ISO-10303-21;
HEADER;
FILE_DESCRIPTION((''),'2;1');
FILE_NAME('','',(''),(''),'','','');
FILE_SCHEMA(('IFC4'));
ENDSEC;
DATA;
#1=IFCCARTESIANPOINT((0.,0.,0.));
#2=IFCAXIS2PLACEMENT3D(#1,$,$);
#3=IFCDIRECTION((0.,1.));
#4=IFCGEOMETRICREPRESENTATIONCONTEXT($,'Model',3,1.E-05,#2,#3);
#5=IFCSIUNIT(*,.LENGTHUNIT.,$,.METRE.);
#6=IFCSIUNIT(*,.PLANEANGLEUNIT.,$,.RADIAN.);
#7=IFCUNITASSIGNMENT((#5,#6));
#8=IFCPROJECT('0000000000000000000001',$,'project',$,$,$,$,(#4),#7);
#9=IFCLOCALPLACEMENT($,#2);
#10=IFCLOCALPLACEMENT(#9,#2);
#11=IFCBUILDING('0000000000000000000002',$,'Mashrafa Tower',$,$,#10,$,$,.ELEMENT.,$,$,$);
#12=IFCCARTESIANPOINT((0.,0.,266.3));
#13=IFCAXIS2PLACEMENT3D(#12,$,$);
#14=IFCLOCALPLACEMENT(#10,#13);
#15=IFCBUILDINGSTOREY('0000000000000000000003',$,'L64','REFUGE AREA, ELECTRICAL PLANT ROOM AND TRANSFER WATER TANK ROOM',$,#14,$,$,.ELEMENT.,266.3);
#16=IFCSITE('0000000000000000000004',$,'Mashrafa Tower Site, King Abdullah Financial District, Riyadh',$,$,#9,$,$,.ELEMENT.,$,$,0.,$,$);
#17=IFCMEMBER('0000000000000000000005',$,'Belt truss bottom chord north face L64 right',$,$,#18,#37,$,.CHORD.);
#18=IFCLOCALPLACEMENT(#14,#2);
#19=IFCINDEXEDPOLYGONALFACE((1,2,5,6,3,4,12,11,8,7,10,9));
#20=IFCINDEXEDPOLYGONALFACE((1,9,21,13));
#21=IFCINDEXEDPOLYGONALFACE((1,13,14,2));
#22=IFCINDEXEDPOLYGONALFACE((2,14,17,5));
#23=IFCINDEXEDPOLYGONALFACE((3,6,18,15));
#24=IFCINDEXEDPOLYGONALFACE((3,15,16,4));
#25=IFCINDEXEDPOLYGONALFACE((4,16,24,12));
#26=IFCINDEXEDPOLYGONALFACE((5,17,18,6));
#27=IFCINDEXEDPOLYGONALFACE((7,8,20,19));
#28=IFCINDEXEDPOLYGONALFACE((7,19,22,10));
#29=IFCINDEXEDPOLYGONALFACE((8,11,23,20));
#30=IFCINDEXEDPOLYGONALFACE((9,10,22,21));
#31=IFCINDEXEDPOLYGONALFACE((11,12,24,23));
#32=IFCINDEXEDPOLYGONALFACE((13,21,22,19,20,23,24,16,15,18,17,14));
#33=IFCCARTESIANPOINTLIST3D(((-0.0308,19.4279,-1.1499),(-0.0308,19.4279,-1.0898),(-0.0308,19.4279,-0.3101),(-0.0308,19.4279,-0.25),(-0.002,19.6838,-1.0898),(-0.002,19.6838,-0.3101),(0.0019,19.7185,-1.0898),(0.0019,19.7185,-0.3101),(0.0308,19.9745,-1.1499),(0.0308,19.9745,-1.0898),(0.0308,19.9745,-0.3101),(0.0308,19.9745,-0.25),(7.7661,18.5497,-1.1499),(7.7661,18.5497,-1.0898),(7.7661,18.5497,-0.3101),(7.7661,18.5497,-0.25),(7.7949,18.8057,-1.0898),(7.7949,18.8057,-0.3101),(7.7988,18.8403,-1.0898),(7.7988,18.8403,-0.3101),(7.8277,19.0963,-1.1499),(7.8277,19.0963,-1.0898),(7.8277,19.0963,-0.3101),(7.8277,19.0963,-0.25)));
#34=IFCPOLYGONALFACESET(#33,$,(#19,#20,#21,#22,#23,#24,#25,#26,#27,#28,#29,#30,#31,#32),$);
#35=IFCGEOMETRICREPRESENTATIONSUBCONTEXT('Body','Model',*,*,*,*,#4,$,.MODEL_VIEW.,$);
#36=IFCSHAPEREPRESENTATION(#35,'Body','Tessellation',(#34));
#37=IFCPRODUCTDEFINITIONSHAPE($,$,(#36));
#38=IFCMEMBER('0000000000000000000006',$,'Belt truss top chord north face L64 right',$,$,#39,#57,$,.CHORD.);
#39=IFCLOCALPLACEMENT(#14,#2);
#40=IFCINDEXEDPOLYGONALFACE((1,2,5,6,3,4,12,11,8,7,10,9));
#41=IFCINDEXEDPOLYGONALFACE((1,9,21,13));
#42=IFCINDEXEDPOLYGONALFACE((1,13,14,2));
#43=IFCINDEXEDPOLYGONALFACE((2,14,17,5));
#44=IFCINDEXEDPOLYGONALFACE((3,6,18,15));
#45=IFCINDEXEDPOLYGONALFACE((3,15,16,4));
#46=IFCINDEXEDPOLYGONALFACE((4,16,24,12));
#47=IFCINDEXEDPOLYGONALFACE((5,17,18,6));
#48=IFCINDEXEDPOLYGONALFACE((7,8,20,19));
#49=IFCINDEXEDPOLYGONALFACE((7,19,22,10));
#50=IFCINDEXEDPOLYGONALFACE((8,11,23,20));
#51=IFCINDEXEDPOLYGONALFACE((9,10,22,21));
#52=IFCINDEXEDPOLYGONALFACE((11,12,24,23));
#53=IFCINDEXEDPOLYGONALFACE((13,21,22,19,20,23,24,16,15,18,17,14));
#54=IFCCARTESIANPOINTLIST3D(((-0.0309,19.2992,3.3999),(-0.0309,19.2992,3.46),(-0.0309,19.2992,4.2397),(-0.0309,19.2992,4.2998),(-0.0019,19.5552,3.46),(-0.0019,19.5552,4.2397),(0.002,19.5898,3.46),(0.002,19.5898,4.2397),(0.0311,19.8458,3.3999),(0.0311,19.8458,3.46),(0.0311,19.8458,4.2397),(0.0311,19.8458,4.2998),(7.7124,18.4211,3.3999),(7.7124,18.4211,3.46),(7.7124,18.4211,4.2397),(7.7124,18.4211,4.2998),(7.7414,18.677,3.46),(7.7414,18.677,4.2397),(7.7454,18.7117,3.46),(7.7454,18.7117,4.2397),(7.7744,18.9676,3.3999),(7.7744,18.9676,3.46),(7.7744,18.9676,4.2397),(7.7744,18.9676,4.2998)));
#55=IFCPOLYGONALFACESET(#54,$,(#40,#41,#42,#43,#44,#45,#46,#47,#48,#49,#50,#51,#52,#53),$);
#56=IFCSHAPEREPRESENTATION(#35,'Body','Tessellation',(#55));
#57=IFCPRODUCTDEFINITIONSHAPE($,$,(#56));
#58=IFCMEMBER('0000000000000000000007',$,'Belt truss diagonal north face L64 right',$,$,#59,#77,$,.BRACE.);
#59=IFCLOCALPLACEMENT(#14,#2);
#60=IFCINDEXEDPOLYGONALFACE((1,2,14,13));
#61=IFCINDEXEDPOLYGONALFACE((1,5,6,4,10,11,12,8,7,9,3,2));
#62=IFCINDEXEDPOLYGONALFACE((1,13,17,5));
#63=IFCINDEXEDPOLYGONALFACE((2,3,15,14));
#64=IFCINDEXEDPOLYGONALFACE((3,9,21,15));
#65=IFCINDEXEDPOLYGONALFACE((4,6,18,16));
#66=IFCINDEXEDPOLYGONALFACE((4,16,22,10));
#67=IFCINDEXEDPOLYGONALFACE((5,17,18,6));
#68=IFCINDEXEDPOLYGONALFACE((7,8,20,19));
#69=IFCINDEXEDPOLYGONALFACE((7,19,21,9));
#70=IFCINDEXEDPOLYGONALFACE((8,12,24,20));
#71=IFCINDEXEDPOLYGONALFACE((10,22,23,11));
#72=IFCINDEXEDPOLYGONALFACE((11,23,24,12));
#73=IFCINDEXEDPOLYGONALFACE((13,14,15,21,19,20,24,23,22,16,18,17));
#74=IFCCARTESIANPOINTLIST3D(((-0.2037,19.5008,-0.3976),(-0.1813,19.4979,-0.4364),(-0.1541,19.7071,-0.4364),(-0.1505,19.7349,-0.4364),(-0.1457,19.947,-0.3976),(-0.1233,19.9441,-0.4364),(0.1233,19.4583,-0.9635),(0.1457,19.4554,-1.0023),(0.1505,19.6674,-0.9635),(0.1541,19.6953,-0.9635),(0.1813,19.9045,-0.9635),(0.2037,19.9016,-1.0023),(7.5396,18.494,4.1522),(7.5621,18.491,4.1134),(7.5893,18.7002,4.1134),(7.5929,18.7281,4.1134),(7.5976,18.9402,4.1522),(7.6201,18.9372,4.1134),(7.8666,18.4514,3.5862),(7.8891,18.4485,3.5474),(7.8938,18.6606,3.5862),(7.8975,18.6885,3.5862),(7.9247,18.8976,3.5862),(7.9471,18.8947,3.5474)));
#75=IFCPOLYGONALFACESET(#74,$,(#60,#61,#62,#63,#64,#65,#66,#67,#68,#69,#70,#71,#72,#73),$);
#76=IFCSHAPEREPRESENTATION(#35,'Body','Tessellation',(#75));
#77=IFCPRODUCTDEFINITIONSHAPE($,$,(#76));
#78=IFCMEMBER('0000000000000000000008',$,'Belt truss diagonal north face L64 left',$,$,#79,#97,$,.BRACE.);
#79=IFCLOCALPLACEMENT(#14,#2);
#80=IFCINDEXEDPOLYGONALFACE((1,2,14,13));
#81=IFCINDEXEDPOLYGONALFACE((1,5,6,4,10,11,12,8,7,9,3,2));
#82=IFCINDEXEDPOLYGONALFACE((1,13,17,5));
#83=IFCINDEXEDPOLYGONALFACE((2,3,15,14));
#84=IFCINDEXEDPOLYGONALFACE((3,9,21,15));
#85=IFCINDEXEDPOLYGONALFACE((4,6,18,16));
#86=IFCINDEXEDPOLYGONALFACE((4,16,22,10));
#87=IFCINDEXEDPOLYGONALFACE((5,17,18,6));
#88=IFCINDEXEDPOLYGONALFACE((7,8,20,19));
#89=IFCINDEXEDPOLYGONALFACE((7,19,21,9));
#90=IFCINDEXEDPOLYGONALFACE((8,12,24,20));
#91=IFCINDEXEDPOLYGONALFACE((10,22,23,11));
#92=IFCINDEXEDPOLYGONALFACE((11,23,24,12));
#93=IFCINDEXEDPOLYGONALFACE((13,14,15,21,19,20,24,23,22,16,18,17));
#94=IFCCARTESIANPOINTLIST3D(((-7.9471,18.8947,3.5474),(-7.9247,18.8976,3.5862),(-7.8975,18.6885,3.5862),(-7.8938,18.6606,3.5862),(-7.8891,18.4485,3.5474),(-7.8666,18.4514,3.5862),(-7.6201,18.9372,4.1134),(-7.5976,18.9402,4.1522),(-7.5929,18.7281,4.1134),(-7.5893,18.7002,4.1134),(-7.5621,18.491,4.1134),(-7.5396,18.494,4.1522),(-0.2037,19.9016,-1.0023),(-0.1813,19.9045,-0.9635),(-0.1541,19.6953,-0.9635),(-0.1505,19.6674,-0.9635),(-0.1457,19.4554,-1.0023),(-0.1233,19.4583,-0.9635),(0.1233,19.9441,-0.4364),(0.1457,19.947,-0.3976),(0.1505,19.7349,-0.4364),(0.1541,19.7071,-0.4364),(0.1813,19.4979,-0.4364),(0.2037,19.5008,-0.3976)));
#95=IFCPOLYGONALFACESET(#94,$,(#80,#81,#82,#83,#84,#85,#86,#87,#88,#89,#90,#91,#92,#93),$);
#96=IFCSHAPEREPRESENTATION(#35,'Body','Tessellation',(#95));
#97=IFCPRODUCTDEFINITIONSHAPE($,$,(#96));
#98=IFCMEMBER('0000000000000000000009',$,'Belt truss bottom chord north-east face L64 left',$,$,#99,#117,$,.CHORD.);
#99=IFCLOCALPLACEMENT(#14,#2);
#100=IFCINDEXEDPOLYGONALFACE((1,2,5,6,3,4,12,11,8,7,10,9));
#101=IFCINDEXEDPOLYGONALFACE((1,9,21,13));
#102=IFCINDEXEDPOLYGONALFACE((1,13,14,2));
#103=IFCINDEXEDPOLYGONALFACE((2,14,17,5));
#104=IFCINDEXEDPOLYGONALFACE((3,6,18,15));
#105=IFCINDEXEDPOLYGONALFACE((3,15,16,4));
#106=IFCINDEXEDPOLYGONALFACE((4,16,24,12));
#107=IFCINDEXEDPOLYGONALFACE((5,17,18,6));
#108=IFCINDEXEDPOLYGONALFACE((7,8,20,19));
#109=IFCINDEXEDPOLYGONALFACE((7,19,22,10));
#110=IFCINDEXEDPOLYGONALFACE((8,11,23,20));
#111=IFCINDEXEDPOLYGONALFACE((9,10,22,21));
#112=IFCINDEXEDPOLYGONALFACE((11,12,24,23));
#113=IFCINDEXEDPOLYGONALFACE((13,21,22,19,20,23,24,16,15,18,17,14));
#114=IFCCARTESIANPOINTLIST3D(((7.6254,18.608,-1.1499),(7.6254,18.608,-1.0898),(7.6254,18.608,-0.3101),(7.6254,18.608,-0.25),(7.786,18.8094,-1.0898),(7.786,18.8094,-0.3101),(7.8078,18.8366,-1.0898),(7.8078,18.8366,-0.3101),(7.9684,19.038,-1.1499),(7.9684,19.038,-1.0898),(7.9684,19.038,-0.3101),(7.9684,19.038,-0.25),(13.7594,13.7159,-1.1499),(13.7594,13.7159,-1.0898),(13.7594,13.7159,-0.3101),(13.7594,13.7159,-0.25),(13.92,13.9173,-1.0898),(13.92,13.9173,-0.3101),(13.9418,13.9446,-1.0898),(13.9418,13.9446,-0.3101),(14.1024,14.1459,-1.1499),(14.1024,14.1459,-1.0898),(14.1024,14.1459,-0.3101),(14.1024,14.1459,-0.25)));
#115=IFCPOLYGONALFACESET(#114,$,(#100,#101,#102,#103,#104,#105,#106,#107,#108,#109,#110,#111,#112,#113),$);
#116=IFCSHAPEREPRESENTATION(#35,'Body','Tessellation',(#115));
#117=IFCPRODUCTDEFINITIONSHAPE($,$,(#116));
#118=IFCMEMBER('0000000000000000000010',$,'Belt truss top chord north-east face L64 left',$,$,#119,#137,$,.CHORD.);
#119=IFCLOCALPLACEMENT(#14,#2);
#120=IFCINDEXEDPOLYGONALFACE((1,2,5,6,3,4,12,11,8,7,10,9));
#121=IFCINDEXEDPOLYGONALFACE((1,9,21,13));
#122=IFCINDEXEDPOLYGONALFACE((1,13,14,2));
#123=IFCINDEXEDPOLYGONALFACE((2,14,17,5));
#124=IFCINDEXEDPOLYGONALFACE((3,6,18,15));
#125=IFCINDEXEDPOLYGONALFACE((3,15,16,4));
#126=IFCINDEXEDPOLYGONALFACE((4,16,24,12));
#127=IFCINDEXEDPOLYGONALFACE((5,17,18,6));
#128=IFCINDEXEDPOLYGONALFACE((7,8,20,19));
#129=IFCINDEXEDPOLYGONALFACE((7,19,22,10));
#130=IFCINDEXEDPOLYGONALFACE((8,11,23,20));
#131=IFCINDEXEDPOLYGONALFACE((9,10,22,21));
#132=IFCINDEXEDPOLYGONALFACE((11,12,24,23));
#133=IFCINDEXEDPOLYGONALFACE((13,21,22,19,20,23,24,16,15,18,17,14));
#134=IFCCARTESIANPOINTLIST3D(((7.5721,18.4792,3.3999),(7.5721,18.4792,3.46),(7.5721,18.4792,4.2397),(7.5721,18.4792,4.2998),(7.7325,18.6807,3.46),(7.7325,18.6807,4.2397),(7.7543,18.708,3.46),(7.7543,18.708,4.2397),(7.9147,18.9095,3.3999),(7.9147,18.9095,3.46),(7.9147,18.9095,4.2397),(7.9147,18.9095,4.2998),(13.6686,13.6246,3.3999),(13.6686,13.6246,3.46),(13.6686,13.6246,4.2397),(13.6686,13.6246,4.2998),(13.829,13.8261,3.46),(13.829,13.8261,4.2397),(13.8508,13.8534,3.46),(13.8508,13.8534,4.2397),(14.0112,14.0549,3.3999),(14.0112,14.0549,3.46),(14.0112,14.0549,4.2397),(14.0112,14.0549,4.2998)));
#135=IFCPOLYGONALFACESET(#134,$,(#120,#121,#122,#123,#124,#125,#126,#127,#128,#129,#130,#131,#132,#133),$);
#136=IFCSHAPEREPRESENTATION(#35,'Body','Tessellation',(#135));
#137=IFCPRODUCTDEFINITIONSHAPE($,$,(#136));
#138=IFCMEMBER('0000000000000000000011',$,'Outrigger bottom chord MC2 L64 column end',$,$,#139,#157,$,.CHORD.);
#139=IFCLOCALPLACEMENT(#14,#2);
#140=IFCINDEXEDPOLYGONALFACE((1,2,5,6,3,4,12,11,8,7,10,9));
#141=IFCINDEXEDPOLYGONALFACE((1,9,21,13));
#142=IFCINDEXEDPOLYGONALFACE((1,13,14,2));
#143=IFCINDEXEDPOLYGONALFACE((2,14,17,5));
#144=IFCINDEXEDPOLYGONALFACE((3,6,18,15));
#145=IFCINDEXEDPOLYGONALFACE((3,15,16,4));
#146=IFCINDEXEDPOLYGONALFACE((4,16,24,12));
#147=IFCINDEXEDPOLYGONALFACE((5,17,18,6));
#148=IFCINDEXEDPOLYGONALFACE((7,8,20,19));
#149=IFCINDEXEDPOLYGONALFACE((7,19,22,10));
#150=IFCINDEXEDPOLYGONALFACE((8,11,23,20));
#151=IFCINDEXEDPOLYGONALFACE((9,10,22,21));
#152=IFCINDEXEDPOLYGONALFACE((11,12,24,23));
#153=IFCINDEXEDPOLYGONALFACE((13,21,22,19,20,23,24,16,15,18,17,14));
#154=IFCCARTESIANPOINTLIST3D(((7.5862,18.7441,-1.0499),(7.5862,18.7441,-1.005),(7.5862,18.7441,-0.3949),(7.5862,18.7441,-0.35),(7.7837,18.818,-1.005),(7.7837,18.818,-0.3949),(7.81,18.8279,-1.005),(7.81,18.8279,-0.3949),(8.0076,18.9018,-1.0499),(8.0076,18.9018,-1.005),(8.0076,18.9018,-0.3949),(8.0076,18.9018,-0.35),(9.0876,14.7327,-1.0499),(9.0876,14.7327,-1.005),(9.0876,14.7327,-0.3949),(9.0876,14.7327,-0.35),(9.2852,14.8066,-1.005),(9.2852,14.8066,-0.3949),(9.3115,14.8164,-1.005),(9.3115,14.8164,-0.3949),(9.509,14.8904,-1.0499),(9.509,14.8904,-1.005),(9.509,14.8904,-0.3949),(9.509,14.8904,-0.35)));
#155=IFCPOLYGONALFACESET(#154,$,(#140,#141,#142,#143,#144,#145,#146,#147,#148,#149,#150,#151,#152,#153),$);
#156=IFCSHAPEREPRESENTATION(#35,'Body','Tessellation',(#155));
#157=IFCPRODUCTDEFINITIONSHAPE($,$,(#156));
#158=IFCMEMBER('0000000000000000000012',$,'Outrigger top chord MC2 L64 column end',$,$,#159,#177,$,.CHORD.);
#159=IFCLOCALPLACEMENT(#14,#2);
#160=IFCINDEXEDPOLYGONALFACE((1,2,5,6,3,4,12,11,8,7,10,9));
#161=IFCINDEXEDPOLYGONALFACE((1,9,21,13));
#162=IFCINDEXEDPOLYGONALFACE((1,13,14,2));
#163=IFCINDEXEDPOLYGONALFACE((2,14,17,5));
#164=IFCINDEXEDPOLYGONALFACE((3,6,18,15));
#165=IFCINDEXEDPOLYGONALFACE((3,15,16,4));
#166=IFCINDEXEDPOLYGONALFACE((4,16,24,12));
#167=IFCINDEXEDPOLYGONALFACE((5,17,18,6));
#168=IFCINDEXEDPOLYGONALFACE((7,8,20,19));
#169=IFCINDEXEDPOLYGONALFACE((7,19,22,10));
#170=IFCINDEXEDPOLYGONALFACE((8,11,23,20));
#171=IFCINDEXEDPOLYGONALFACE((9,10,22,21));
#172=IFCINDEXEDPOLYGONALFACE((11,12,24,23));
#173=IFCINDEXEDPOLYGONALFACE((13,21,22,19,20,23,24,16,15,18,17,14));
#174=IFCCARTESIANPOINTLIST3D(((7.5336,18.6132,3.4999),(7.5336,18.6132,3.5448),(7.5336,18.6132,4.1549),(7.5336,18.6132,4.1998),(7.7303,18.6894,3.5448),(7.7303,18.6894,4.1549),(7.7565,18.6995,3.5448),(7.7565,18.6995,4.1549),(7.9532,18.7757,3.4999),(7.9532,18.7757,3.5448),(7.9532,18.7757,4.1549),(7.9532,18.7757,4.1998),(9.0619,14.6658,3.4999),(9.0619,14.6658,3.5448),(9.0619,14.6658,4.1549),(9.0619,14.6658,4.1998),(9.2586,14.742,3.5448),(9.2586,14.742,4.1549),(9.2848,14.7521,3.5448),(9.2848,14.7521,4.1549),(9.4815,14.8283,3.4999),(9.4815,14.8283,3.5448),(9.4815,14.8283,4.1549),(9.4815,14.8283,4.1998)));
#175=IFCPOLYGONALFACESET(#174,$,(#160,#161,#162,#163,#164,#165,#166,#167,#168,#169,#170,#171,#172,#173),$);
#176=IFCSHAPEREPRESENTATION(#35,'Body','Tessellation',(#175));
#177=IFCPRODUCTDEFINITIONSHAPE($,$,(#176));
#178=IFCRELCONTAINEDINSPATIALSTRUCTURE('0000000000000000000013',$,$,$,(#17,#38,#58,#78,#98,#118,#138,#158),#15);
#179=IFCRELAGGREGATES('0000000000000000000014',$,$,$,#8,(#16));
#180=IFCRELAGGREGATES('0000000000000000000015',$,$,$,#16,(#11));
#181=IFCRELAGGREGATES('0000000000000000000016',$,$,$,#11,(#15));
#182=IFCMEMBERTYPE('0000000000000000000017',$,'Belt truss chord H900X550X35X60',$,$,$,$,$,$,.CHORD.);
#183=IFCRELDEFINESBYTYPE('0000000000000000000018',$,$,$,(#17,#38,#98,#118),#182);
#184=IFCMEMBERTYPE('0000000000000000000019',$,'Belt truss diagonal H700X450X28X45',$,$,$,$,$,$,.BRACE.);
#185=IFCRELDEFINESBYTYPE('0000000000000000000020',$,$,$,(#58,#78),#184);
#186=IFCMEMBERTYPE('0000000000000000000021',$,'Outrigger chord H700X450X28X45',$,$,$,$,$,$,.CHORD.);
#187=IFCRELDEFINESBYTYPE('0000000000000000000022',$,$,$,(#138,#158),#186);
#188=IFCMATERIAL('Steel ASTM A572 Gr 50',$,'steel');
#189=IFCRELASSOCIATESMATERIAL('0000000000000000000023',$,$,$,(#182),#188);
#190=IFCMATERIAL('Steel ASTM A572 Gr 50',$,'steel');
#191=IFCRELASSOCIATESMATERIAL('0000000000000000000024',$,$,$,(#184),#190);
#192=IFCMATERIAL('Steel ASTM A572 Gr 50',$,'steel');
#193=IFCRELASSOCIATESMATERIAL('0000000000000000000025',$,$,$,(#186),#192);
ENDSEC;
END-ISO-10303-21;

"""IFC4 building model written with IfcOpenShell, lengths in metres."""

from ifc_helpers import new_model, si_unit, direction, frame, origin, origin_2d, place, context, subcontext, project, spatial, i_section, extrude, source, transform, mapped, material, material_profile, profile_set, type_object, type_shapes, element, save


model = new_model("IFC4")

# Units and contexts
model_context = context("Model", 3, precision=1e-05, world=origin(), true_north=direction((0.0, 1.0)))
body_context = subcontext(model_context, "Body", "Model", "MODEL_VIEW")
ifc_project = project(units=[si_unit("LENGTHUNIT", "METRE"), si_unit("PLANEANGLEUNIT", "RADIAN")], contexts=[model_context])

# Site, building, storey
site_placement = place(None, origin())
site = spatial("IfcSite", under=ifc_project, at=site_placement, Name="Mashrafa Tower Site, King Abdullah Financial District, Riyadh", CompositionType="ELEMENT", RefElevation=0.0)
building_placement = place(site_placement, origin())
building = spatial("IfcBuilding", under=site, at=building_placement, Name="Mashrafa Tower", CompositionType="ELEMENT")
storey_placement = place(building_placement, frame((0.0, 0.0, 266.3)))
storey = spatial("IfcBuildingStorey", under=building, at=storey_placement, Name="L64", Description="REFUGE AREA, ELECTRICAL PLANT ROOM AND TRANSFER WATER TANK ROOM", CompositionType="ELEMENT", Elevation=266.3)

# Members
ifc_material_1 = material(Name="Steel ASTM A572 Gr 50", Category="steel")
ifc_material_profile_1 = material_profile(ifc_material_1, i_section(OverallWidth=0.55, OverallDepth=0.8999, WebThickness=0.0349, FlangeThickness=0.0601, at=origin_2d()), Name="H900X550X35X60")
ifc_profile_set_1 = profile_set([ifc_material_profile_1], Name="Steel ASTM A572 Gr 50")
member_type_1 = type_object("IfcMemberType", Name="Belt truss chord H900X550X35X60", PredefinedType="CHORD", material=ifc_profile_set_1)
shared_shape_1 = source(origin(), body_context, "Body", "SweptSolid", [
    extrude(i_section(OverallWidth=0.55, OverallDepth=0.8999, WebThickness=0.0349, FlangeThickness=0.0601, at=origin_2d()), origin(), (0.0, 0.0, 1.0), 7.8462),
])
member_1_placement = place(storey_placement, frame((7.7969, 18.823, -0.7), z_axis=(-0.993717, 0.111924, 0.0), x_axis=(-0.111924, -0.993717, 0.0)))
element("IfcMember", 1, at=member_1_placement, inside=storey, type_object=member_type_1, Name="Belt truss bottom chord north face L64 right", PredefinedType="CHORD", context=body_context, shape_type="MappedRepresentation", body=[
    mapped(shared_shape_1, transform((0.0, 0.0, 0.0))),
])
shared_shape_2 = source(origin(), body_context, "Body", "SweptSolid", [
    extrude(i_section(OverallWidth=0.55, OverallDepth=0.8999, WebThickness=0.0349, FlangeThickness=0.0601, at=origin_2d()), origin(), (0.0, 0.0, 1.0), 7.793),
])
member_2_placement = place(storey_placement, frame((7.7434, 18.6943, 3.8499), z_axis=(-0.993631, 0.112687, 0.0), x_axis=(-0.112687, -0.993631, 0.0)))
element("IfcMember", 2, at=member_2_placement, inside=storey, type_object=member_type_1, Name="Belt truss top chord north face L64 right", PredefinedType="CHORD", context=body_context, shape_type="MappedRepresentation", body=[
    mapped(shared_shape_2, transform((0.0, 0.0, 0.0))),
])
ifc_material_2 = material(Name="Steel ASTM A572 Gr 50", Category="steel")
ifc_material_profile_2 = material_profile(ifc_material_2, i_section(OverallWidth=0.45, OverallDepth=0.7, WebThickness=0.0281, FlangeThickness=0.0449, at=origin_2d()), Name="H700X450X28X45")
ifc_profile_set_2 = profile_set([ifc_material_profile_2], Name="Steel ASTM A572 Gr 50")
member_type_2 = type_object("IfcMemberType", Name="Belt truss diagonal H700X450X28X45", PredefinedType="BRACE", material=ifc_profile_set_2)
shared_shape_3 = source(origin(), body_context, "Body", "SweptSolid", [
    extrude(i_section(OverallWidth=0.45, OverallDepth=0.7, WebThickness=0.0281, FlangeThickness=0.0449, at=origin_2d()), origin(), (0.0, 0.0, 1.0), 9.0374),
])
type_shapes(member_type_2, [shared_shape_3])
for number, where, z_axis, x_axis, name in (
    (3, (0.0, 19.7012, -0.7), (0.856817, -0.111408, 0.503441), (0.12894, 0.991652, 0.0), "Belt truss diagonal north face L64 right"),
    (4, (0.0, 19.7012, -0.7), (-0.856817, -0.111408, 0.503441), (0.12894, -0.991652, 0.0), "Belt truss diagonal north face L64 left"),
):
    element("IfcMember", number, at=place(storey_placement, frame(where, z_axis=z_axis, x_axis=x_axis)), inside=storey, type_object=member_type_2, Name=name, PredefinedType="BRACE", context=body_context, shape_type="MappedRepresentation", body=[
        mapped(shared_shape_3, transform((0.0, 0.0, 0.0))),
    ])
shared_shape_4 = source(origin(), body_context, "Body", "SweptSolid", [
    extrude(i_section(OverallWidth=0.55, OverallDepth=0.8999, WebThickness=0.0349, FlangeThickness=0.0601, at=origin_2d()), origin(), (0.0, 0.0, 1.0), 7.8459),
])
member_3_placement = place(storey_placement, frame((7.7969, 18.823, -0.7), z_axis=(0.781809, -0.623518, 0.0), x_axis=(0.623518, 0.781809, 0.0)))
element("IfcMember", 5, at=member_3_placement, inside=storey, type_object=member_type_1, Name="Belt truss bottom chord north-east face L64 left", PredefinedType="CHORD", context=body_context, shape_type="MappedRepresentation", body=[
    mapped(shared_shape_4, transform((0.0, 0.0, 0.0))),
])
shared_shape_5 = source(origin(), body_context, "Body", "SweptSolid", [
    extrude(i_section(OverallWidth=0.55, OverallDepth=0.8999, WebThickness=0.0349, FlangeThickness=0.0601, at=origin_2d()), origin(), (0.0, 0.0, 1.0), 7.7932),
])
type_shapes(member_type_1, [shared_shape_1, shared_shape_2, shared_shape_4, shared_shape_5])
member_4_placement = place(storey_placement, frame((7.7434, 18.6943, 3.8499), z_axis=(0.782285, -0.622921, 0.0), x_axis=(0.622921, 0.782285, 0.0)))
element("IfcMember", 6, at=member_4_placement, inside=storey, type_object=member_type_1, Name="Belt truss top chord north-east face L64 left", PredefinedType="CHORD", context=body_context, shape_type="MappedRepresentation", body=[
    mapped(shared_shape_5, transform((0.0, 0.0, 0.0))),
])
ifc_material_3 = material(Name="Steel ASTM A572 Gr 50", Category="steel")
ifc_material_profile_3 = material_profile(ifc_material_3, i_section(OverallWidth=0.45, OverallDepth=0.7, WebThickness=0.0281, FlangeThickness=0.0449, at=origin_2d()), Name="H700X450X28X45")
ifc_profile_set_3 = profile_set([ifc_material_profile_3], Name="Steel ASTM A572 Gr 50")
member_type_3 = type_object("IfcMemberType", Name="Outrigger chord H700X450X28X45", PredefinedType="CHORD", material=ifc_profile_set_3)
shared_shape_6 = source(origin(), body_context, "Body", "SweptSolid", [
    extrude(i_section(OverallWidth=0.45, OverallDepth=0.7, WebThickness=0.0281, FlangeThickness=0.0449, at=origin_2d()), origin(), (0.0, 0.0, 1.0), 4.2832),
])
member_5_placement = place(storey_placement, frame((9.2983, 14.8115, -0.7), z_axis=(-0.350542, 0.936547, 0.0), x_axis=(-0.936547, -0.350542, 0.0)))
element("IfcMember", 7, at=member_5_placement, inside=storey, type_object=member_type_3, Name="Outrigger bottom chord MC2 L64 column end", PredefinedType="CHORD", context=body_context, shape_type="MappedRepresentation", body=[
    mapped(shared_shape_6, transform((0.0, 0.0, 0.0))),
])
shared_shape_7 = source(origin(), body_context, "Body", "SweptSolid", [
    extrude(i_section(OverallWidth=0.45, OverallDepth=0.7, WebThickness=0.0281, FlangeThickness=0.0449, at=origin_2d()), origin(), (0.0, 0.0, 1.0), 4.2329),
])
type_shapes(member_type_3, [shared_shape_6, shared_shape_7])
member_6_placement = place(storey_placement, frame((9.2717, 14.7471, 3.8499), z_axis=(-0.361065, 0.932541, 0.0), x_axis=(-0.932541, -0.361065, 0.0)))
element("IfcMember", 8, at=member_6_placement, inside=storey, type_object=member_type_3, Name="Outrigger top chord MC2 L64 column end", PredefinedType="CHORD", context=body_context, shape_type="MappedRepresentation", body=[
    mapped(shared_shape_7, transform((0.0, 0.0, 0.0))),
])

save(model, "model.ifc")
